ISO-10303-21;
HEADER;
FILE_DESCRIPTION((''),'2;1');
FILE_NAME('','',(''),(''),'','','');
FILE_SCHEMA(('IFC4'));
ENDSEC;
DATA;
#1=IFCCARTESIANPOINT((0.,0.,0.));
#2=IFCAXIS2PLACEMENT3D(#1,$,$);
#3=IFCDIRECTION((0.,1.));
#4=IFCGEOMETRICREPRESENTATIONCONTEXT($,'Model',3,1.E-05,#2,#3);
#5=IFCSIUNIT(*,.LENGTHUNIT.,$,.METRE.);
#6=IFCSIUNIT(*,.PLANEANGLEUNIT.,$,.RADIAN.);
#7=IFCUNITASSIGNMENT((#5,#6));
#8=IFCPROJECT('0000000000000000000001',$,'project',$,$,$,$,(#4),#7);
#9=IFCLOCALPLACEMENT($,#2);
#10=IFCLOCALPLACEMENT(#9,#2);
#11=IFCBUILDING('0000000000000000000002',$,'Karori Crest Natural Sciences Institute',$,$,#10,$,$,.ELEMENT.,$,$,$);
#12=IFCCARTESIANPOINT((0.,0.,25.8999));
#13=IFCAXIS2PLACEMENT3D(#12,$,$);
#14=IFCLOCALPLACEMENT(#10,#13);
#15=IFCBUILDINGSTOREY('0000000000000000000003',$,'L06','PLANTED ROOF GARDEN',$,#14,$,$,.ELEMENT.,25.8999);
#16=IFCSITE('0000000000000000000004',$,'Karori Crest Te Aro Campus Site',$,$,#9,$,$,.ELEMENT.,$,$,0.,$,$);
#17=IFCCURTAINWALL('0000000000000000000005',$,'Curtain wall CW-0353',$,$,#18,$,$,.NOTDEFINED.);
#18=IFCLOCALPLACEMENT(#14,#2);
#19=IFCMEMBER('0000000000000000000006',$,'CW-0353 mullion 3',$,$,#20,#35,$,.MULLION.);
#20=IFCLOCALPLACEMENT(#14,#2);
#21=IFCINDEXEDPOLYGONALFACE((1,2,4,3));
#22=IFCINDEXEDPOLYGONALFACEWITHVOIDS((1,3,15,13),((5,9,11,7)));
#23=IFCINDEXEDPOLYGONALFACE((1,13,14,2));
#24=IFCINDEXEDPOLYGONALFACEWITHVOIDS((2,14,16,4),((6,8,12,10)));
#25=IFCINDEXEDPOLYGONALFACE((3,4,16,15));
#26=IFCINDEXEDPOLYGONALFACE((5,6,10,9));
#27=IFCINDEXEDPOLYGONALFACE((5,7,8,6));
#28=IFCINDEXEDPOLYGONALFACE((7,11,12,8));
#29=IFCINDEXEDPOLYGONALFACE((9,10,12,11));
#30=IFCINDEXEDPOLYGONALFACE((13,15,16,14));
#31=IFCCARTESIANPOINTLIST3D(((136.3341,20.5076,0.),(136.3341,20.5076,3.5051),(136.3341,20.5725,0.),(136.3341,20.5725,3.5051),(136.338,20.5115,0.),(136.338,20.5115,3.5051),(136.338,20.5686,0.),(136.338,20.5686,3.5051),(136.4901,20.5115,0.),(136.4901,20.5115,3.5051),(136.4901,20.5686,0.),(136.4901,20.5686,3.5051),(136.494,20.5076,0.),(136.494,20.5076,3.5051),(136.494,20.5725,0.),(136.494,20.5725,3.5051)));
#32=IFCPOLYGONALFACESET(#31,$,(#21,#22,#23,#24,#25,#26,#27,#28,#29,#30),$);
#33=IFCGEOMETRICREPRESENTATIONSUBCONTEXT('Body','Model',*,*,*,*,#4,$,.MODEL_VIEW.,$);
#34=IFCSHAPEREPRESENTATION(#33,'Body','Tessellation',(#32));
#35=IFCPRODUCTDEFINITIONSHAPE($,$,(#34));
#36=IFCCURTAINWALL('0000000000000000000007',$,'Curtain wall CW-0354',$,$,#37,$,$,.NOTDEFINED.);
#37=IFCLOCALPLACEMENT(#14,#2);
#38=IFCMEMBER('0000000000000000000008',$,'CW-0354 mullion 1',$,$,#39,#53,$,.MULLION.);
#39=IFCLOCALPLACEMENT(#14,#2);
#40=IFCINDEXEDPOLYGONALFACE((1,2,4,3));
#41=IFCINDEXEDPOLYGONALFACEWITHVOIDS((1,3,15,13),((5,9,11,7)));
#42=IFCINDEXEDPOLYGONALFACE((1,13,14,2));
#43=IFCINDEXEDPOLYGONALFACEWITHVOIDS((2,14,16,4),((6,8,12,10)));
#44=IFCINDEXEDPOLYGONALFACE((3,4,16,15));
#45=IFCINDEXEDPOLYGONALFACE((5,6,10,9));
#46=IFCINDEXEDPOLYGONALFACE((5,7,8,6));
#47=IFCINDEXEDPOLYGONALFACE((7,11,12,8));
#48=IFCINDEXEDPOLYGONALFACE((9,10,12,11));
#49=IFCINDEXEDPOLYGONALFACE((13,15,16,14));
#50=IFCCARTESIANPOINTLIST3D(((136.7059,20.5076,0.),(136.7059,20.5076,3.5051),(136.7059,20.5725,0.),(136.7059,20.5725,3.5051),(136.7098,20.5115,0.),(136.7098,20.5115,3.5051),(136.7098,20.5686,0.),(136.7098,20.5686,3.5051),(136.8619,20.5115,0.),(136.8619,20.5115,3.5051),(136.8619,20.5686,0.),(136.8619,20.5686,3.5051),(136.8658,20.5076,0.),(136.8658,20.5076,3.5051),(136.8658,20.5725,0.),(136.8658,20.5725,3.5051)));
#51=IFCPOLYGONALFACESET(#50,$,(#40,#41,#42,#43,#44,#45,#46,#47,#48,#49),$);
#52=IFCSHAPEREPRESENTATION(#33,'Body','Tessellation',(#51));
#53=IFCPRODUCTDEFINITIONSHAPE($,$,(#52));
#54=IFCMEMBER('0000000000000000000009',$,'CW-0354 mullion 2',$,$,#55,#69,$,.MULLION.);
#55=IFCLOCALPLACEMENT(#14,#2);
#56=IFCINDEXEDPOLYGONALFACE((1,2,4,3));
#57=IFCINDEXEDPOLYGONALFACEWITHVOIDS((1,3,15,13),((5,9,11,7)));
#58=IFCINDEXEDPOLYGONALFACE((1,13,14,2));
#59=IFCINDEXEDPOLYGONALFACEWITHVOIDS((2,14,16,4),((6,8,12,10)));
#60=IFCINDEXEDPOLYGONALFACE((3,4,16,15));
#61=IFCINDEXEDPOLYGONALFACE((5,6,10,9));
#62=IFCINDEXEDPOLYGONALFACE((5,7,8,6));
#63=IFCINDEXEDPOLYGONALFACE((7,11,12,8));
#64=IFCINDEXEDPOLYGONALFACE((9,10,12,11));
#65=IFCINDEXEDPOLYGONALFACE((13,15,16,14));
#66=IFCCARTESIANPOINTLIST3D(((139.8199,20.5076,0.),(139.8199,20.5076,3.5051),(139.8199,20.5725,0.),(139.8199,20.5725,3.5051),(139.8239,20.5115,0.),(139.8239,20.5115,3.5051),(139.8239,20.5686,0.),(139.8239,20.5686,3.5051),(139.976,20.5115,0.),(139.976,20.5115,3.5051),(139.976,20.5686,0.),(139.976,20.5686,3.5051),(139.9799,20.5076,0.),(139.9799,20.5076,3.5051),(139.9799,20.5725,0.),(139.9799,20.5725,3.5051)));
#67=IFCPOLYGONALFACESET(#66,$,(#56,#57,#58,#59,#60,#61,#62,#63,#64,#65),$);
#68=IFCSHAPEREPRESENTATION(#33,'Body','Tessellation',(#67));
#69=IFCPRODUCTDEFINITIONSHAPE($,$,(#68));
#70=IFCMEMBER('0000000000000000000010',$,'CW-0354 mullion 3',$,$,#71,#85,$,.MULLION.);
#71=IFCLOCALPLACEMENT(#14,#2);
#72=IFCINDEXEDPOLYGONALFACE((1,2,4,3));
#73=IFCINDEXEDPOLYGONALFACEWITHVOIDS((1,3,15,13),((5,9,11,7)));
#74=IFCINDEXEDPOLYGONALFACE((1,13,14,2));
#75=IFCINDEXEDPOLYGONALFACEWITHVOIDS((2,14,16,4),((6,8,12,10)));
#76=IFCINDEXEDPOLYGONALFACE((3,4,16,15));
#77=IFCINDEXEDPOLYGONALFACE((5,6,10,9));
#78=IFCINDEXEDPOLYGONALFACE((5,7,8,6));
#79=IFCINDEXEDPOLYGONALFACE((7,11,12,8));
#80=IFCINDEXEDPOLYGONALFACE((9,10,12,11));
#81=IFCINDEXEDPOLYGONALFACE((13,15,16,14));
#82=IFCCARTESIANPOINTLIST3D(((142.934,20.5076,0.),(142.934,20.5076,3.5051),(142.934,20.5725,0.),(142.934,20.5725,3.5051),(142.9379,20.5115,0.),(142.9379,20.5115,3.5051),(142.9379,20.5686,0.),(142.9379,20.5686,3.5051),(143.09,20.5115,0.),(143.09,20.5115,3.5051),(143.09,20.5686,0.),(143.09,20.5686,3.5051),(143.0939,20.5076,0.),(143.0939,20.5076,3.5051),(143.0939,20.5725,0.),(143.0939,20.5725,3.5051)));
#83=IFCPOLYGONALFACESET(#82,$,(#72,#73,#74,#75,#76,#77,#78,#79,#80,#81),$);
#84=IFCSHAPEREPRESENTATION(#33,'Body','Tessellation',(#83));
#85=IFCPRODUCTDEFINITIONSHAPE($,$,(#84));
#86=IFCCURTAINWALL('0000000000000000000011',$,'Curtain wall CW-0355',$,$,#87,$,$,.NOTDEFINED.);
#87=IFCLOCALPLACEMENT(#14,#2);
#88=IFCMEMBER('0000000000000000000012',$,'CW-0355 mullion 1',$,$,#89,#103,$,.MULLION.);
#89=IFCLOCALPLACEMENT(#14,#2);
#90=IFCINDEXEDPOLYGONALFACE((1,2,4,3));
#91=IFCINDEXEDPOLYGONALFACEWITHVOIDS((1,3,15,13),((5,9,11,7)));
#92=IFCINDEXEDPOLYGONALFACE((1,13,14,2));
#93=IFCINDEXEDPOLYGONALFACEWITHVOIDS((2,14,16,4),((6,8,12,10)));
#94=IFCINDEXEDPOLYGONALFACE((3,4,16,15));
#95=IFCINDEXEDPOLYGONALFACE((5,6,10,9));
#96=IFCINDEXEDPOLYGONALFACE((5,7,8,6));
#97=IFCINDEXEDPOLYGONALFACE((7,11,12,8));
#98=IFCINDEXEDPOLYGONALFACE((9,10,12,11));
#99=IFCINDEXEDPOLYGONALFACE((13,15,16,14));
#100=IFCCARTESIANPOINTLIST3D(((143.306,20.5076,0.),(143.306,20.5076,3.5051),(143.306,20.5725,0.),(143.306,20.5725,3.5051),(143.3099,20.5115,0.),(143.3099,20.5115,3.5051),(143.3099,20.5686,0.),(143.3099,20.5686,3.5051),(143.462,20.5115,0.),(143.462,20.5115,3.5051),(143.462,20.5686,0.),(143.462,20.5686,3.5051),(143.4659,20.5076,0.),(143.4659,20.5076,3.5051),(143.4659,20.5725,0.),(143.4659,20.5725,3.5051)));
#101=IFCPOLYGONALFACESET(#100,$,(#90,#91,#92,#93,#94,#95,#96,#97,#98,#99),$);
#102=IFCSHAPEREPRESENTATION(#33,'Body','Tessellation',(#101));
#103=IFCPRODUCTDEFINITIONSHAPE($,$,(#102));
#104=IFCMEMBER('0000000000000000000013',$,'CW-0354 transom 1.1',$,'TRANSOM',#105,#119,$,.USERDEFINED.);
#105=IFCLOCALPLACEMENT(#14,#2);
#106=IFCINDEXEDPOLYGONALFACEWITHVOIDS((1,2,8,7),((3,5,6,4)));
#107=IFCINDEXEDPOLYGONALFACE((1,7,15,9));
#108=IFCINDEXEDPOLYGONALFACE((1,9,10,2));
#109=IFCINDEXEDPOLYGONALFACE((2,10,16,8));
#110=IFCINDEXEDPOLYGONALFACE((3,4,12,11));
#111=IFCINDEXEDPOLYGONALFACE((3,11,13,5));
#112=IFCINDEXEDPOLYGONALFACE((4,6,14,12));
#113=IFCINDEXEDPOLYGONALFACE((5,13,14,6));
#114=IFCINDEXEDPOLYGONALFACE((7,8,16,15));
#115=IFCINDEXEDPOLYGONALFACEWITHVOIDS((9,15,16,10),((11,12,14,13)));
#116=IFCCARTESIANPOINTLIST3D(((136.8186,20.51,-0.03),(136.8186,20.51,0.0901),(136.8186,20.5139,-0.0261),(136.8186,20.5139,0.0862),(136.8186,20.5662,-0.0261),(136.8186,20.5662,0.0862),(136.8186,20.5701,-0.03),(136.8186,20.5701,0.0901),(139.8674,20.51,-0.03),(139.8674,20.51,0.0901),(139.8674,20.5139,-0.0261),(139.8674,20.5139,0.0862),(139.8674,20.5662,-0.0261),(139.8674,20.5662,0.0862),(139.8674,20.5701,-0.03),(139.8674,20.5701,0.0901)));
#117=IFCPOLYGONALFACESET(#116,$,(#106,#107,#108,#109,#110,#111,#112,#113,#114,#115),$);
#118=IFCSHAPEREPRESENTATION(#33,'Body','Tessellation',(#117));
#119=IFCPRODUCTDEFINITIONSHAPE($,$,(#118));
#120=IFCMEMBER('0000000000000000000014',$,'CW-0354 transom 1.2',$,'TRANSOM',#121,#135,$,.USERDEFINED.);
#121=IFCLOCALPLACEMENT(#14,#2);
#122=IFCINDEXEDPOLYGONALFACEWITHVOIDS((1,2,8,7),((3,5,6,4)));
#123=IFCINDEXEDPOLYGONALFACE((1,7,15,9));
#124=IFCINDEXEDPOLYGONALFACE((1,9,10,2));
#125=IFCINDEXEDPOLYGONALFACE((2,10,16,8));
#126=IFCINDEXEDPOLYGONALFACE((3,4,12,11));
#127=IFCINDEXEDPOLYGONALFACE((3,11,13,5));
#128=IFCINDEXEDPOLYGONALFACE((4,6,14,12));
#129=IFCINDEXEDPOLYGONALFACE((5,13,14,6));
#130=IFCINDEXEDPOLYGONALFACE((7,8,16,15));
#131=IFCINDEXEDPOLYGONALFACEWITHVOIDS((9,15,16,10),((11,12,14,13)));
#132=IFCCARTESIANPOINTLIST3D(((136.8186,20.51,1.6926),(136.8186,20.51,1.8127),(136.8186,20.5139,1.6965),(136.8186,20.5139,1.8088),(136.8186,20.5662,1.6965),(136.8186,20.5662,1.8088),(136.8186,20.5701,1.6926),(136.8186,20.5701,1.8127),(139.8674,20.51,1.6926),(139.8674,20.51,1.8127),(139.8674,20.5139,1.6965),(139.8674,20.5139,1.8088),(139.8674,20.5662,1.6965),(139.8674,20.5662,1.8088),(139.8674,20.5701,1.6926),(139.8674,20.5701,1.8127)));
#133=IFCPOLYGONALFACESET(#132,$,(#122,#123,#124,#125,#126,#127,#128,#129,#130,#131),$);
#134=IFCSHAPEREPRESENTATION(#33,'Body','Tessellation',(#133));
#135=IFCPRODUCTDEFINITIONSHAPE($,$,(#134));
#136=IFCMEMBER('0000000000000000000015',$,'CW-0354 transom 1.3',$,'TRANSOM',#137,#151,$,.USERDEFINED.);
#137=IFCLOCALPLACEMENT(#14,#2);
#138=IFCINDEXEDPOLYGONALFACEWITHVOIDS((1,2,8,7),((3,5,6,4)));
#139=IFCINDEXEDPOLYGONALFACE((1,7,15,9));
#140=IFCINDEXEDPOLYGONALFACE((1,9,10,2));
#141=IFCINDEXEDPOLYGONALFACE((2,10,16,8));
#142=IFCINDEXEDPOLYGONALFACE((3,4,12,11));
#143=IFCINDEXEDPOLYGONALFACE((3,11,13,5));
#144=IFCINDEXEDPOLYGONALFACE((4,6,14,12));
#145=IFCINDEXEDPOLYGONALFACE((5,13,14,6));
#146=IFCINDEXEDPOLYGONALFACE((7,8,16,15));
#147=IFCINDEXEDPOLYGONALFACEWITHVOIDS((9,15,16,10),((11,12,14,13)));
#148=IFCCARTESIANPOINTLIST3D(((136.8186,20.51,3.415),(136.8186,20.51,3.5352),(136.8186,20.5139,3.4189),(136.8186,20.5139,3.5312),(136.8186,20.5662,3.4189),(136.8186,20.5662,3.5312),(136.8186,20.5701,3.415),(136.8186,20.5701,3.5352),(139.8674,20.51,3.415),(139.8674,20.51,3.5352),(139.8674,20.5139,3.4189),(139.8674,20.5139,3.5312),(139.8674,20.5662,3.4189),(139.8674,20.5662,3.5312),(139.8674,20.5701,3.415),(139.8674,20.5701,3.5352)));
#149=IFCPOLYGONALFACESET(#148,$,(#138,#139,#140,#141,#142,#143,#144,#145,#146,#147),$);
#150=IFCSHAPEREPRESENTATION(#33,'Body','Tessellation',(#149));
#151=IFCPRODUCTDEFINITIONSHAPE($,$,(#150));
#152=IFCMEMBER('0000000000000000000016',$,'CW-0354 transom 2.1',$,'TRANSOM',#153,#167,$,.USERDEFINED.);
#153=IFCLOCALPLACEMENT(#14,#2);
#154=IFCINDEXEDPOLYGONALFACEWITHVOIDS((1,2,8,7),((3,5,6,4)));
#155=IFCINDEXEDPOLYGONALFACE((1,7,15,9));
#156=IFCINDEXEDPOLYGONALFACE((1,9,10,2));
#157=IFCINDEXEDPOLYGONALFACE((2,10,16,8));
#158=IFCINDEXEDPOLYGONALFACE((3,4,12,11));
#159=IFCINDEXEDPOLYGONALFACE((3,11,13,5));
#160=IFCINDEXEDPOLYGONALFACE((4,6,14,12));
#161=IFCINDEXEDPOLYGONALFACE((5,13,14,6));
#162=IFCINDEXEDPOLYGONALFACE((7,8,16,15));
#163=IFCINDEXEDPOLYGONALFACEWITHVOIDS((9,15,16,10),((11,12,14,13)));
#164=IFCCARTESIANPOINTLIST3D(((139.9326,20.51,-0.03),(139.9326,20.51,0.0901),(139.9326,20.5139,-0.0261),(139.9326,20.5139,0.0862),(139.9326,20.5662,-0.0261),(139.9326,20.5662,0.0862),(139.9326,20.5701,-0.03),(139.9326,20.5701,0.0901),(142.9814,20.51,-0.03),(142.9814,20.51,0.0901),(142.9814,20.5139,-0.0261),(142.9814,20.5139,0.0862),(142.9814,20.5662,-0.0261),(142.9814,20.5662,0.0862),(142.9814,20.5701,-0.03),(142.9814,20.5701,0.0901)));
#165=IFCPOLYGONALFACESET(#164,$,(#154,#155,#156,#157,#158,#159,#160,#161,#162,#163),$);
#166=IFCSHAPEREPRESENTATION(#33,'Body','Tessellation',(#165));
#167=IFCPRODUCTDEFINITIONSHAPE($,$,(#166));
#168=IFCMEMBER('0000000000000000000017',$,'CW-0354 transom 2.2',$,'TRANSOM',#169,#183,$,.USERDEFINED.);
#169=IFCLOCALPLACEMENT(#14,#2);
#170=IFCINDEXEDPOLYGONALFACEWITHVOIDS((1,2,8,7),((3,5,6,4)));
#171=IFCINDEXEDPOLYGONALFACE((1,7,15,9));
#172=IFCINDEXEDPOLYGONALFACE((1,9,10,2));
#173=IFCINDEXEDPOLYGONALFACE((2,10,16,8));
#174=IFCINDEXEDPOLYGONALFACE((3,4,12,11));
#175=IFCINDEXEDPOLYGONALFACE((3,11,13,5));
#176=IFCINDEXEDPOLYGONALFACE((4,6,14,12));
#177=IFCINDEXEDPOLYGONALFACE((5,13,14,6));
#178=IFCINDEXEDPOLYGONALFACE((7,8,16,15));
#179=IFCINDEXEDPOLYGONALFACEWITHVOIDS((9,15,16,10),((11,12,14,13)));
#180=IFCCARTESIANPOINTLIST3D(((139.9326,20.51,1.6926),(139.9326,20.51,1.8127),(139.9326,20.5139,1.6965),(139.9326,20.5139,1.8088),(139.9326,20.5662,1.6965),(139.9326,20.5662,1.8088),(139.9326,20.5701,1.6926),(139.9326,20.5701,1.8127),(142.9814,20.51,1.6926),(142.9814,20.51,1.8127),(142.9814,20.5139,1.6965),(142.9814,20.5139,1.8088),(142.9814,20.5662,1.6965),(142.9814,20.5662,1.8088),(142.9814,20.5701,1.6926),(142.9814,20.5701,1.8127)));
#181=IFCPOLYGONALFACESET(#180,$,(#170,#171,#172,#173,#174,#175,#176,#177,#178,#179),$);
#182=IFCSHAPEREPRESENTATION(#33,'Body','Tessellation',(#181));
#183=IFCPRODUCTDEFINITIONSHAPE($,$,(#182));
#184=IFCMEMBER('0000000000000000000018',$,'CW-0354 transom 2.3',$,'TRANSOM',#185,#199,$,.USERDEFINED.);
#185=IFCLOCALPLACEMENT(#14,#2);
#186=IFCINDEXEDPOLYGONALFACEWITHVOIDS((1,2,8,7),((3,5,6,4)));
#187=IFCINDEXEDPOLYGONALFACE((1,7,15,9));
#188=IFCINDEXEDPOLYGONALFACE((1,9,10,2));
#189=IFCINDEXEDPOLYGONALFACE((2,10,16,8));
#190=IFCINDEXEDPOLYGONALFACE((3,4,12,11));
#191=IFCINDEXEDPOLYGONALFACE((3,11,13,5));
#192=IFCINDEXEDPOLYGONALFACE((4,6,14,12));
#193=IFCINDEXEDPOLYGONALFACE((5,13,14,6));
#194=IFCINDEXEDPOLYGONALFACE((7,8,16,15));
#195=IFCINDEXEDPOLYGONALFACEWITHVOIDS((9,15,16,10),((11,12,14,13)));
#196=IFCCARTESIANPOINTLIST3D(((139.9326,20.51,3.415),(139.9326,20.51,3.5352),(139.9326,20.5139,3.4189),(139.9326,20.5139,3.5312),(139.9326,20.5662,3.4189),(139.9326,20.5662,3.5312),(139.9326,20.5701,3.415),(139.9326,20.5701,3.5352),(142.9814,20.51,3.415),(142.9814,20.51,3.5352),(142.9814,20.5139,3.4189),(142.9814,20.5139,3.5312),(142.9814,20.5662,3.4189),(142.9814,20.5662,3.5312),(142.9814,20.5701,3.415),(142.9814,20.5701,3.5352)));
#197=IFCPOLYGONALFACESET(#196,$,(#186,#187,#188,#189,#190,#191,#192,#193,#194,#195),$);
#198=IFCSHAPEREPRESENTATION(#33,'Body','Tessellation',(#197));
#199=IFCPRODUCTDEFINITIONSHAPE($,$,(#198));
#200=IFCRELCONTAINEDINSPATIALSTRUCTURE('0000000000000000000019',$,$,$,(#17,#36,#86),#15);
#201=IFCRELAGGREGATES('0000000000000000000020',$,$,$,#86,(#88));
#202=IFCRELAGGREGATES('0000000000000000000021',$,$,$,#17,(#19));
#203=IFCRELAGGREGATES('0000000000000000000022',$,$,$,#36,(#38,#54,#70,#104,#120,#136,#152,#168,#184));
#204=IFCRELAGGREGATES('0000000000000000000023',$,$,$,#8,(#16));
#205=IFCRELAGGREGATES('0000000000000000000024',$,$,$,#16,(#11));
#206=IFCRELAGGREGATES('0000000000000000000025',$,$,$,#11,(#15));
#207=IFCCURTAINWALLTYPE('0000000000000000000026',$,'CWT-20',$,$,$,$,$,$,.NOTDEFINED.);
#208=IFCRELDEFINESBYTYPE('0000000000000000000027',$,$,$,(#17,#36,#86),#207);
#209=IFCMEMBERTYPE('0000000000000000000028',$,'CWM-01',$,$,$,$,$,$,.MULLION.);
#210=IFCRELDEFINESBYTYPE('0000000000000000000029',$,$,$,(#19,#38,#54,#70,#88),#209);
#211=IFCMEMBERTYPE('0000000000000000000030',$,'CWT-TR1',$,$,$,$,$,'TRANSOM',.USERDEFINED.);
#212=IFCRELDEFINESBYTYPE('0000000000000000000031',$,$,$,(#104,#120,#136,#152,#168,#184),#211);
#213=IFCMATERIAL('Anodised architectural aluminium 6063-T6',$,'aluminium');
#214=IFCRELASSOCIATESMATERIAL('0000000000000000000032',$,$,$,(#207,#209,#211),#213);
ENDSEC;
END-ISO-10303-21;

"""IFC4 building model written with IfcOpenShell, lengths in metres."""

from ifc_helpers import new_model, si_unit, direction, frame, origin, origin_2d, place, context, subcontext, project, spatial, hollow_rectangle, extrude, material, material_profile, profile_set, type_object, element, aggregate, save


model = new_model("IFC4")

# Units and contexts
model_context = context("Model", 3, precision=1e-05, world=origin(), true_north=direction((0.0, 1.0)))
body_context = subcontext(model_context, "Body", "Model", "MODEL_VIEW")
ifc_project = project(units=[si_unit("LENGTHUNIT", "METRE"), si_unit("PLANEANGLEUNIT", "RADIAN")], contexts=[model_context])

# Site, building, storey
site_placement = place(None, origin())
site = spatial("IfcSite", under=ifc_project, at=site_placement, Name="Karori Crest Te Aro Campus Site", CompositionType="ELEMENT", RefElevation=0.0)
building_placement = place(site_placement, origin())
building = spatial("IfcBuilding", under=site, at=building_placement, Name="Karori Crest Natural Sciences Institute", CompositionType="ELEMENT")
storey_placement = place(building_placement, frame((0.0, 0.0, 25.8999)))
storey = spatial("IfcBuildingStorey", under=building, at=storey_placement, Name="L06", Description="PLANTED ROOF GARDEN", CompositionType="ELEMENT", Elevation=25.8999)

# Curtain wall, member
ifc_material_1 = material(Name="Anodised architectural aluminium 6063-T6", Category="aluminium")
curtain_wall_type = type_object("IfcCurtainWallType", Name="CWT-20", PredefinedType="NOTDEFINED", material=ifc_material_1)
curtain_wall_1_placement = place(storey_placement, origin())
curtain_wall_1 = element("IfcCurtainWall", 1, at=curtain_wall_1_placement, inside=storey, type_object=curtain_wall_type, Name="Curtain wall CW-0353", PredefinedType="NOTDEFINED")
ifc_material_profile_1 = material_profile(ifc_material_1, hollow_rectangle(XDim=0.0649, YDim=0.1599, WallThickness=0.0039, at=origin_2d()), Name="CWM160x65x4")
ifc_profile_set_1 = profile_set([ifc_material_profile_1], Name="Anodised architectural aluminium 6063-T6")
member_type_1 = type_object("IfcMemberType", Name="CWM-01", PredefinedType="MULLION", material=ifc_profile_set_1)
member_1_placement = place(storey_placement, frame((136.4141, 20.54, 0.0), z_axis=(0.0, 0.0, 1.0), x_axis=(0.0, 1.0, 0.0)))
member_1 = element("IfcMember", 2, at=member_1_placement, type_object=member_type_1, Name="CW-0353 mullion 3", PredefinedType="MULLION", context=body_context, shape_type="SweptSolid", body=[
    extrude(hollow_rectangle(XDim=0.0649, YDim=0.1599, WallThickness=0.0039, at=origin_2d()), origin(), (0.0, 0.0, 1.0), 3.5051),
])

# Curtain wall, members
curtain_wall_2_placement = place(storey_placement, origin())
curtain_wall_2 = element("IfcCurtainWall", 3, at=curtain_wall_2_placement, inside=storey, type_object=curtain_wall_type, Name="Curtain wall CW-0354", PredefinedType="NOTDEFINED")
member_2_placement = place(storey_placement, frame((136.7859, 20.54, 0.0), z_axis=(0.0, 0.0, 1.0), x_axis=(0.0, 1.0, 0.0)))
member_2 = element("IfcMember", 4, at=member_2_placement, type_object=member_type_1, Name="CW-0354 mullion 1", PredefinedType="MULLION", context=body_context, shape_type="SweptSolid", body=[
    extrude(hollow_rectangle(XDim=0.0649, YDim=0.1599, WallThickness=0.0039, at=origin_2d()), origin(), (0.0, 0.0, 1.0), 3.5051),
])
member_3_placement = place(storey_placement, frame((139.8999, 20.54, 0.0), z_axis=(0.0, 0.0, 1.0), x_axis=(0.0, 1.0, 0.0)))
member_3 = element("IfcMember", 5, at=member_3_placement, type_object=member_type_1, Name="CW-0354 mullion 2", PredefinedType="MULLION", context=body_context, shape_type="SweptSolid", body=[
    extrude(hollow_rectangle(XDim=0.0649, YDim=0.1599, WallThickness=0.0039, at=origin_2d()), origin(), (0.0, 0.0, 1.0), 3.5051),
])
member_4_placement = place(storey_placement, frame((143.0139, 20.54, 0.0), z_axis=(0.0, 0.0, 1.0), x_axis=(0.0, 1.0, 0.0)))
member_4 = element("IfcMember", 6, at=member_4_placement, type_object=member_type_1, Name="CW-0354 mullion 3", PredefinedType="MULLION", context=body_context, shape_type="SweptSolid", body=[
    extrude(hollow_rectangle(XDim=0.0649, YDim=0.1599, WallThickness=0.0039, at=origin_2d()), origin(), (0.0, 0.0, 1.0), 3.5051),
])

# Curtain wall, member
curtain_wall_3_placement = place(storey_placement, origin())
curtain_wall_3 = element("IfcCurtainWall", 7, at=curtain_wall_3_placement, inside=storey, type_object=curtain_wall_type, Name="Curtain wall CW-0355", PredefinedType="NOTDEFINED")
member_5_placement = place(storey_placement, frame((143.386, 20.54, 0.0), z_axis=(0.0, 0.0, 1.0), x_axis=(0.0, 1.0, 0.0)))
member_5 = element("IfcMember", 8, at=member_5_placement, type_object=member_type_1, Name="CW-0355 mullion 1", PredefinedType="MULLION", context=body_context, shape_type="SweptSolid", body=[
    extrude(hollow_rectangle(XDim=0.0649, YDim=0.1599, WallThickness=0.0039, at=origin_2d()), origin(), (0.0, 0.0, 1.0), 3.5051),
])

# Members
ifc_material_profile_2 = material_profile(ifc_material_1, hollow_rectangle(XDim=0.0601, YDim=0.1201, WallThickness=0.0039, at=origin_2d()), Name="CWT120x60x4")
ifc_profile_set_2 = profile_set([ifc_material_profile_2], Name="Anodised architectural aluminium 6063-T6")
member_type_2 = type_object("IfcMemberType", Name="CWT-TR1", ElementType="TRANSOM", PredefinedType="USERDEFINED", material=ifc_profile_set_2)
member_6_placement = place(storey_placement, frame((136.8186, 20.54, 0.03), z_axis=(1.0, 0.0, 0.0), x_axis=(0.0, 1.0, 0.0)))
member_6 = element("IfcMember", 9, at=member_6_placement, type_object=member_type_2, Name="CW-0354 transom 1.1", ObjectType="TRANSOM", PredefinedType="USERDEFINED", context=body_context, shape_type="SweptSolid", body=[
    extrude(hollow_rectangle(XDim=0.0601, YDim=0.1201, WallThickness=0.0039, at=origin_2d()), origin(), (0.0, 0.0, 1.0), 3.0488),
])
member_7_placement = place(storey_placement, frame((136.8186, 20.54, 1.7527), z_axis=(1.0, 0.0, 0.0), x_axis=(0.0, 1.0, 0.0)))
member_7 = element("IfcMember", 10, at=member_7_placement, type_object=member_type_2, Name="CW-0354 transom 1.2", ObjectType="TRANSOM", PredefinedType="USERDEFINED", context=body_context, shape_type="SweptSolid", body=[
    extrude(hollow_rectangle(XDim=0.0601, YDim=0.1201, WallThickness=0.0039, at=origin_2d()), origin(), (0.0, 0.0, 1.0), 3.0488),
])
member_8_placement = place(storey_placement, frame((136.8186, 20.54, 3.4751), z_axis=(1.0, 0.0, 0.0), x_axis=(0.0, 1.0, 0.0)))
member_8 = element("IfcMember", 11, at=member_8_placement, type_object=member_type_2, Name="CW-0354 transom 1.3", ObjectType="TRANSOM", PredefinedType="USERDEFINED", context=body_context, shape_type="SweptSolid", body=[
    extrude(hollow_rectangle(XDim=0.0601, YDim=0.1201, WallThickness=0.0039, at=origin_2d()), origin(), (0.0, 0.0, 1.0), 3.0488),
])
member_9_placement = place(storey_placement, frame((139.9326, 20.54, 0.03), z_axis=(1.0, 0.0, 0.0), x_axis=(0.0, 1.0, 0.0)))
member_9 = element("IfcMember", 12, at=member_9_placement, type_object=member_type_2, Name="CW-0354 transom 2.1", ObjectType="TRANSOM", PredefinedType="USERDEFINED", context=body_context, shape_type="SweptSolid", body=[
    extrude(hollow_rectangle(XDim=0.0601, YDim=0.1201, WallThickness=0.0039, at=origin_2d()), origin(), (0.0, 0.0, 1.0), 3.0488),
])
member_10_placement = place(storey_placement, frame((139.9326, 20.54, 1.7527), z_axis=(1.0, 0.0, 0.0), x_axis=(0.0, 1.0, 0.0)))
member_10 = element("IfcMember", 13, at=member_10_placement, type_object=member_type_2, Name="CW-0354 transom 2.2", ObjectType="TRANSOM", PredefinedType="USERDEFINED", context=body_context, shape_type="SweptSolid", body=[
    extrude(hollow_rectangle(XDim=0.0601, YDim=0.1201, WallThickness=0.0039, at=origin_2d()), origin(), (0.0, 0.0, 1.0), 3.0488),
])
member_11_placement = place(storey_placement, frame((139.9326, 20.54, 3.4751), z_axis=(1.0, 0.0, 0.0), x_axis=(0.0, 1.0, 0.0)))
member_11 = element("IfcMember", 14, at=member_11_placement, type_object=member_type_2, Name="CW-0354 transom 2.3", ObjectType="TRANSOM", PredefinedType="USERDEFINED", context=body_context, shape_type="SweptSolid", body=[
    extrude(hollow_rectangle(XDim=0.0601, YDim=0.1201, WallThickness=0.0039, at=origin_2d()), origin(), (0.0, 0.0, 1.0), 3.0488),
])
aggregate(curtain_wall_3, [member_5])

aggregate(curtain_wall_1, [member_1])
aggregate(curtain_wall_2, [member_2, member_3, member_4, member_6, member_7, member_8, member_9, member_10, member_11])

save(model, "model.ifc")
